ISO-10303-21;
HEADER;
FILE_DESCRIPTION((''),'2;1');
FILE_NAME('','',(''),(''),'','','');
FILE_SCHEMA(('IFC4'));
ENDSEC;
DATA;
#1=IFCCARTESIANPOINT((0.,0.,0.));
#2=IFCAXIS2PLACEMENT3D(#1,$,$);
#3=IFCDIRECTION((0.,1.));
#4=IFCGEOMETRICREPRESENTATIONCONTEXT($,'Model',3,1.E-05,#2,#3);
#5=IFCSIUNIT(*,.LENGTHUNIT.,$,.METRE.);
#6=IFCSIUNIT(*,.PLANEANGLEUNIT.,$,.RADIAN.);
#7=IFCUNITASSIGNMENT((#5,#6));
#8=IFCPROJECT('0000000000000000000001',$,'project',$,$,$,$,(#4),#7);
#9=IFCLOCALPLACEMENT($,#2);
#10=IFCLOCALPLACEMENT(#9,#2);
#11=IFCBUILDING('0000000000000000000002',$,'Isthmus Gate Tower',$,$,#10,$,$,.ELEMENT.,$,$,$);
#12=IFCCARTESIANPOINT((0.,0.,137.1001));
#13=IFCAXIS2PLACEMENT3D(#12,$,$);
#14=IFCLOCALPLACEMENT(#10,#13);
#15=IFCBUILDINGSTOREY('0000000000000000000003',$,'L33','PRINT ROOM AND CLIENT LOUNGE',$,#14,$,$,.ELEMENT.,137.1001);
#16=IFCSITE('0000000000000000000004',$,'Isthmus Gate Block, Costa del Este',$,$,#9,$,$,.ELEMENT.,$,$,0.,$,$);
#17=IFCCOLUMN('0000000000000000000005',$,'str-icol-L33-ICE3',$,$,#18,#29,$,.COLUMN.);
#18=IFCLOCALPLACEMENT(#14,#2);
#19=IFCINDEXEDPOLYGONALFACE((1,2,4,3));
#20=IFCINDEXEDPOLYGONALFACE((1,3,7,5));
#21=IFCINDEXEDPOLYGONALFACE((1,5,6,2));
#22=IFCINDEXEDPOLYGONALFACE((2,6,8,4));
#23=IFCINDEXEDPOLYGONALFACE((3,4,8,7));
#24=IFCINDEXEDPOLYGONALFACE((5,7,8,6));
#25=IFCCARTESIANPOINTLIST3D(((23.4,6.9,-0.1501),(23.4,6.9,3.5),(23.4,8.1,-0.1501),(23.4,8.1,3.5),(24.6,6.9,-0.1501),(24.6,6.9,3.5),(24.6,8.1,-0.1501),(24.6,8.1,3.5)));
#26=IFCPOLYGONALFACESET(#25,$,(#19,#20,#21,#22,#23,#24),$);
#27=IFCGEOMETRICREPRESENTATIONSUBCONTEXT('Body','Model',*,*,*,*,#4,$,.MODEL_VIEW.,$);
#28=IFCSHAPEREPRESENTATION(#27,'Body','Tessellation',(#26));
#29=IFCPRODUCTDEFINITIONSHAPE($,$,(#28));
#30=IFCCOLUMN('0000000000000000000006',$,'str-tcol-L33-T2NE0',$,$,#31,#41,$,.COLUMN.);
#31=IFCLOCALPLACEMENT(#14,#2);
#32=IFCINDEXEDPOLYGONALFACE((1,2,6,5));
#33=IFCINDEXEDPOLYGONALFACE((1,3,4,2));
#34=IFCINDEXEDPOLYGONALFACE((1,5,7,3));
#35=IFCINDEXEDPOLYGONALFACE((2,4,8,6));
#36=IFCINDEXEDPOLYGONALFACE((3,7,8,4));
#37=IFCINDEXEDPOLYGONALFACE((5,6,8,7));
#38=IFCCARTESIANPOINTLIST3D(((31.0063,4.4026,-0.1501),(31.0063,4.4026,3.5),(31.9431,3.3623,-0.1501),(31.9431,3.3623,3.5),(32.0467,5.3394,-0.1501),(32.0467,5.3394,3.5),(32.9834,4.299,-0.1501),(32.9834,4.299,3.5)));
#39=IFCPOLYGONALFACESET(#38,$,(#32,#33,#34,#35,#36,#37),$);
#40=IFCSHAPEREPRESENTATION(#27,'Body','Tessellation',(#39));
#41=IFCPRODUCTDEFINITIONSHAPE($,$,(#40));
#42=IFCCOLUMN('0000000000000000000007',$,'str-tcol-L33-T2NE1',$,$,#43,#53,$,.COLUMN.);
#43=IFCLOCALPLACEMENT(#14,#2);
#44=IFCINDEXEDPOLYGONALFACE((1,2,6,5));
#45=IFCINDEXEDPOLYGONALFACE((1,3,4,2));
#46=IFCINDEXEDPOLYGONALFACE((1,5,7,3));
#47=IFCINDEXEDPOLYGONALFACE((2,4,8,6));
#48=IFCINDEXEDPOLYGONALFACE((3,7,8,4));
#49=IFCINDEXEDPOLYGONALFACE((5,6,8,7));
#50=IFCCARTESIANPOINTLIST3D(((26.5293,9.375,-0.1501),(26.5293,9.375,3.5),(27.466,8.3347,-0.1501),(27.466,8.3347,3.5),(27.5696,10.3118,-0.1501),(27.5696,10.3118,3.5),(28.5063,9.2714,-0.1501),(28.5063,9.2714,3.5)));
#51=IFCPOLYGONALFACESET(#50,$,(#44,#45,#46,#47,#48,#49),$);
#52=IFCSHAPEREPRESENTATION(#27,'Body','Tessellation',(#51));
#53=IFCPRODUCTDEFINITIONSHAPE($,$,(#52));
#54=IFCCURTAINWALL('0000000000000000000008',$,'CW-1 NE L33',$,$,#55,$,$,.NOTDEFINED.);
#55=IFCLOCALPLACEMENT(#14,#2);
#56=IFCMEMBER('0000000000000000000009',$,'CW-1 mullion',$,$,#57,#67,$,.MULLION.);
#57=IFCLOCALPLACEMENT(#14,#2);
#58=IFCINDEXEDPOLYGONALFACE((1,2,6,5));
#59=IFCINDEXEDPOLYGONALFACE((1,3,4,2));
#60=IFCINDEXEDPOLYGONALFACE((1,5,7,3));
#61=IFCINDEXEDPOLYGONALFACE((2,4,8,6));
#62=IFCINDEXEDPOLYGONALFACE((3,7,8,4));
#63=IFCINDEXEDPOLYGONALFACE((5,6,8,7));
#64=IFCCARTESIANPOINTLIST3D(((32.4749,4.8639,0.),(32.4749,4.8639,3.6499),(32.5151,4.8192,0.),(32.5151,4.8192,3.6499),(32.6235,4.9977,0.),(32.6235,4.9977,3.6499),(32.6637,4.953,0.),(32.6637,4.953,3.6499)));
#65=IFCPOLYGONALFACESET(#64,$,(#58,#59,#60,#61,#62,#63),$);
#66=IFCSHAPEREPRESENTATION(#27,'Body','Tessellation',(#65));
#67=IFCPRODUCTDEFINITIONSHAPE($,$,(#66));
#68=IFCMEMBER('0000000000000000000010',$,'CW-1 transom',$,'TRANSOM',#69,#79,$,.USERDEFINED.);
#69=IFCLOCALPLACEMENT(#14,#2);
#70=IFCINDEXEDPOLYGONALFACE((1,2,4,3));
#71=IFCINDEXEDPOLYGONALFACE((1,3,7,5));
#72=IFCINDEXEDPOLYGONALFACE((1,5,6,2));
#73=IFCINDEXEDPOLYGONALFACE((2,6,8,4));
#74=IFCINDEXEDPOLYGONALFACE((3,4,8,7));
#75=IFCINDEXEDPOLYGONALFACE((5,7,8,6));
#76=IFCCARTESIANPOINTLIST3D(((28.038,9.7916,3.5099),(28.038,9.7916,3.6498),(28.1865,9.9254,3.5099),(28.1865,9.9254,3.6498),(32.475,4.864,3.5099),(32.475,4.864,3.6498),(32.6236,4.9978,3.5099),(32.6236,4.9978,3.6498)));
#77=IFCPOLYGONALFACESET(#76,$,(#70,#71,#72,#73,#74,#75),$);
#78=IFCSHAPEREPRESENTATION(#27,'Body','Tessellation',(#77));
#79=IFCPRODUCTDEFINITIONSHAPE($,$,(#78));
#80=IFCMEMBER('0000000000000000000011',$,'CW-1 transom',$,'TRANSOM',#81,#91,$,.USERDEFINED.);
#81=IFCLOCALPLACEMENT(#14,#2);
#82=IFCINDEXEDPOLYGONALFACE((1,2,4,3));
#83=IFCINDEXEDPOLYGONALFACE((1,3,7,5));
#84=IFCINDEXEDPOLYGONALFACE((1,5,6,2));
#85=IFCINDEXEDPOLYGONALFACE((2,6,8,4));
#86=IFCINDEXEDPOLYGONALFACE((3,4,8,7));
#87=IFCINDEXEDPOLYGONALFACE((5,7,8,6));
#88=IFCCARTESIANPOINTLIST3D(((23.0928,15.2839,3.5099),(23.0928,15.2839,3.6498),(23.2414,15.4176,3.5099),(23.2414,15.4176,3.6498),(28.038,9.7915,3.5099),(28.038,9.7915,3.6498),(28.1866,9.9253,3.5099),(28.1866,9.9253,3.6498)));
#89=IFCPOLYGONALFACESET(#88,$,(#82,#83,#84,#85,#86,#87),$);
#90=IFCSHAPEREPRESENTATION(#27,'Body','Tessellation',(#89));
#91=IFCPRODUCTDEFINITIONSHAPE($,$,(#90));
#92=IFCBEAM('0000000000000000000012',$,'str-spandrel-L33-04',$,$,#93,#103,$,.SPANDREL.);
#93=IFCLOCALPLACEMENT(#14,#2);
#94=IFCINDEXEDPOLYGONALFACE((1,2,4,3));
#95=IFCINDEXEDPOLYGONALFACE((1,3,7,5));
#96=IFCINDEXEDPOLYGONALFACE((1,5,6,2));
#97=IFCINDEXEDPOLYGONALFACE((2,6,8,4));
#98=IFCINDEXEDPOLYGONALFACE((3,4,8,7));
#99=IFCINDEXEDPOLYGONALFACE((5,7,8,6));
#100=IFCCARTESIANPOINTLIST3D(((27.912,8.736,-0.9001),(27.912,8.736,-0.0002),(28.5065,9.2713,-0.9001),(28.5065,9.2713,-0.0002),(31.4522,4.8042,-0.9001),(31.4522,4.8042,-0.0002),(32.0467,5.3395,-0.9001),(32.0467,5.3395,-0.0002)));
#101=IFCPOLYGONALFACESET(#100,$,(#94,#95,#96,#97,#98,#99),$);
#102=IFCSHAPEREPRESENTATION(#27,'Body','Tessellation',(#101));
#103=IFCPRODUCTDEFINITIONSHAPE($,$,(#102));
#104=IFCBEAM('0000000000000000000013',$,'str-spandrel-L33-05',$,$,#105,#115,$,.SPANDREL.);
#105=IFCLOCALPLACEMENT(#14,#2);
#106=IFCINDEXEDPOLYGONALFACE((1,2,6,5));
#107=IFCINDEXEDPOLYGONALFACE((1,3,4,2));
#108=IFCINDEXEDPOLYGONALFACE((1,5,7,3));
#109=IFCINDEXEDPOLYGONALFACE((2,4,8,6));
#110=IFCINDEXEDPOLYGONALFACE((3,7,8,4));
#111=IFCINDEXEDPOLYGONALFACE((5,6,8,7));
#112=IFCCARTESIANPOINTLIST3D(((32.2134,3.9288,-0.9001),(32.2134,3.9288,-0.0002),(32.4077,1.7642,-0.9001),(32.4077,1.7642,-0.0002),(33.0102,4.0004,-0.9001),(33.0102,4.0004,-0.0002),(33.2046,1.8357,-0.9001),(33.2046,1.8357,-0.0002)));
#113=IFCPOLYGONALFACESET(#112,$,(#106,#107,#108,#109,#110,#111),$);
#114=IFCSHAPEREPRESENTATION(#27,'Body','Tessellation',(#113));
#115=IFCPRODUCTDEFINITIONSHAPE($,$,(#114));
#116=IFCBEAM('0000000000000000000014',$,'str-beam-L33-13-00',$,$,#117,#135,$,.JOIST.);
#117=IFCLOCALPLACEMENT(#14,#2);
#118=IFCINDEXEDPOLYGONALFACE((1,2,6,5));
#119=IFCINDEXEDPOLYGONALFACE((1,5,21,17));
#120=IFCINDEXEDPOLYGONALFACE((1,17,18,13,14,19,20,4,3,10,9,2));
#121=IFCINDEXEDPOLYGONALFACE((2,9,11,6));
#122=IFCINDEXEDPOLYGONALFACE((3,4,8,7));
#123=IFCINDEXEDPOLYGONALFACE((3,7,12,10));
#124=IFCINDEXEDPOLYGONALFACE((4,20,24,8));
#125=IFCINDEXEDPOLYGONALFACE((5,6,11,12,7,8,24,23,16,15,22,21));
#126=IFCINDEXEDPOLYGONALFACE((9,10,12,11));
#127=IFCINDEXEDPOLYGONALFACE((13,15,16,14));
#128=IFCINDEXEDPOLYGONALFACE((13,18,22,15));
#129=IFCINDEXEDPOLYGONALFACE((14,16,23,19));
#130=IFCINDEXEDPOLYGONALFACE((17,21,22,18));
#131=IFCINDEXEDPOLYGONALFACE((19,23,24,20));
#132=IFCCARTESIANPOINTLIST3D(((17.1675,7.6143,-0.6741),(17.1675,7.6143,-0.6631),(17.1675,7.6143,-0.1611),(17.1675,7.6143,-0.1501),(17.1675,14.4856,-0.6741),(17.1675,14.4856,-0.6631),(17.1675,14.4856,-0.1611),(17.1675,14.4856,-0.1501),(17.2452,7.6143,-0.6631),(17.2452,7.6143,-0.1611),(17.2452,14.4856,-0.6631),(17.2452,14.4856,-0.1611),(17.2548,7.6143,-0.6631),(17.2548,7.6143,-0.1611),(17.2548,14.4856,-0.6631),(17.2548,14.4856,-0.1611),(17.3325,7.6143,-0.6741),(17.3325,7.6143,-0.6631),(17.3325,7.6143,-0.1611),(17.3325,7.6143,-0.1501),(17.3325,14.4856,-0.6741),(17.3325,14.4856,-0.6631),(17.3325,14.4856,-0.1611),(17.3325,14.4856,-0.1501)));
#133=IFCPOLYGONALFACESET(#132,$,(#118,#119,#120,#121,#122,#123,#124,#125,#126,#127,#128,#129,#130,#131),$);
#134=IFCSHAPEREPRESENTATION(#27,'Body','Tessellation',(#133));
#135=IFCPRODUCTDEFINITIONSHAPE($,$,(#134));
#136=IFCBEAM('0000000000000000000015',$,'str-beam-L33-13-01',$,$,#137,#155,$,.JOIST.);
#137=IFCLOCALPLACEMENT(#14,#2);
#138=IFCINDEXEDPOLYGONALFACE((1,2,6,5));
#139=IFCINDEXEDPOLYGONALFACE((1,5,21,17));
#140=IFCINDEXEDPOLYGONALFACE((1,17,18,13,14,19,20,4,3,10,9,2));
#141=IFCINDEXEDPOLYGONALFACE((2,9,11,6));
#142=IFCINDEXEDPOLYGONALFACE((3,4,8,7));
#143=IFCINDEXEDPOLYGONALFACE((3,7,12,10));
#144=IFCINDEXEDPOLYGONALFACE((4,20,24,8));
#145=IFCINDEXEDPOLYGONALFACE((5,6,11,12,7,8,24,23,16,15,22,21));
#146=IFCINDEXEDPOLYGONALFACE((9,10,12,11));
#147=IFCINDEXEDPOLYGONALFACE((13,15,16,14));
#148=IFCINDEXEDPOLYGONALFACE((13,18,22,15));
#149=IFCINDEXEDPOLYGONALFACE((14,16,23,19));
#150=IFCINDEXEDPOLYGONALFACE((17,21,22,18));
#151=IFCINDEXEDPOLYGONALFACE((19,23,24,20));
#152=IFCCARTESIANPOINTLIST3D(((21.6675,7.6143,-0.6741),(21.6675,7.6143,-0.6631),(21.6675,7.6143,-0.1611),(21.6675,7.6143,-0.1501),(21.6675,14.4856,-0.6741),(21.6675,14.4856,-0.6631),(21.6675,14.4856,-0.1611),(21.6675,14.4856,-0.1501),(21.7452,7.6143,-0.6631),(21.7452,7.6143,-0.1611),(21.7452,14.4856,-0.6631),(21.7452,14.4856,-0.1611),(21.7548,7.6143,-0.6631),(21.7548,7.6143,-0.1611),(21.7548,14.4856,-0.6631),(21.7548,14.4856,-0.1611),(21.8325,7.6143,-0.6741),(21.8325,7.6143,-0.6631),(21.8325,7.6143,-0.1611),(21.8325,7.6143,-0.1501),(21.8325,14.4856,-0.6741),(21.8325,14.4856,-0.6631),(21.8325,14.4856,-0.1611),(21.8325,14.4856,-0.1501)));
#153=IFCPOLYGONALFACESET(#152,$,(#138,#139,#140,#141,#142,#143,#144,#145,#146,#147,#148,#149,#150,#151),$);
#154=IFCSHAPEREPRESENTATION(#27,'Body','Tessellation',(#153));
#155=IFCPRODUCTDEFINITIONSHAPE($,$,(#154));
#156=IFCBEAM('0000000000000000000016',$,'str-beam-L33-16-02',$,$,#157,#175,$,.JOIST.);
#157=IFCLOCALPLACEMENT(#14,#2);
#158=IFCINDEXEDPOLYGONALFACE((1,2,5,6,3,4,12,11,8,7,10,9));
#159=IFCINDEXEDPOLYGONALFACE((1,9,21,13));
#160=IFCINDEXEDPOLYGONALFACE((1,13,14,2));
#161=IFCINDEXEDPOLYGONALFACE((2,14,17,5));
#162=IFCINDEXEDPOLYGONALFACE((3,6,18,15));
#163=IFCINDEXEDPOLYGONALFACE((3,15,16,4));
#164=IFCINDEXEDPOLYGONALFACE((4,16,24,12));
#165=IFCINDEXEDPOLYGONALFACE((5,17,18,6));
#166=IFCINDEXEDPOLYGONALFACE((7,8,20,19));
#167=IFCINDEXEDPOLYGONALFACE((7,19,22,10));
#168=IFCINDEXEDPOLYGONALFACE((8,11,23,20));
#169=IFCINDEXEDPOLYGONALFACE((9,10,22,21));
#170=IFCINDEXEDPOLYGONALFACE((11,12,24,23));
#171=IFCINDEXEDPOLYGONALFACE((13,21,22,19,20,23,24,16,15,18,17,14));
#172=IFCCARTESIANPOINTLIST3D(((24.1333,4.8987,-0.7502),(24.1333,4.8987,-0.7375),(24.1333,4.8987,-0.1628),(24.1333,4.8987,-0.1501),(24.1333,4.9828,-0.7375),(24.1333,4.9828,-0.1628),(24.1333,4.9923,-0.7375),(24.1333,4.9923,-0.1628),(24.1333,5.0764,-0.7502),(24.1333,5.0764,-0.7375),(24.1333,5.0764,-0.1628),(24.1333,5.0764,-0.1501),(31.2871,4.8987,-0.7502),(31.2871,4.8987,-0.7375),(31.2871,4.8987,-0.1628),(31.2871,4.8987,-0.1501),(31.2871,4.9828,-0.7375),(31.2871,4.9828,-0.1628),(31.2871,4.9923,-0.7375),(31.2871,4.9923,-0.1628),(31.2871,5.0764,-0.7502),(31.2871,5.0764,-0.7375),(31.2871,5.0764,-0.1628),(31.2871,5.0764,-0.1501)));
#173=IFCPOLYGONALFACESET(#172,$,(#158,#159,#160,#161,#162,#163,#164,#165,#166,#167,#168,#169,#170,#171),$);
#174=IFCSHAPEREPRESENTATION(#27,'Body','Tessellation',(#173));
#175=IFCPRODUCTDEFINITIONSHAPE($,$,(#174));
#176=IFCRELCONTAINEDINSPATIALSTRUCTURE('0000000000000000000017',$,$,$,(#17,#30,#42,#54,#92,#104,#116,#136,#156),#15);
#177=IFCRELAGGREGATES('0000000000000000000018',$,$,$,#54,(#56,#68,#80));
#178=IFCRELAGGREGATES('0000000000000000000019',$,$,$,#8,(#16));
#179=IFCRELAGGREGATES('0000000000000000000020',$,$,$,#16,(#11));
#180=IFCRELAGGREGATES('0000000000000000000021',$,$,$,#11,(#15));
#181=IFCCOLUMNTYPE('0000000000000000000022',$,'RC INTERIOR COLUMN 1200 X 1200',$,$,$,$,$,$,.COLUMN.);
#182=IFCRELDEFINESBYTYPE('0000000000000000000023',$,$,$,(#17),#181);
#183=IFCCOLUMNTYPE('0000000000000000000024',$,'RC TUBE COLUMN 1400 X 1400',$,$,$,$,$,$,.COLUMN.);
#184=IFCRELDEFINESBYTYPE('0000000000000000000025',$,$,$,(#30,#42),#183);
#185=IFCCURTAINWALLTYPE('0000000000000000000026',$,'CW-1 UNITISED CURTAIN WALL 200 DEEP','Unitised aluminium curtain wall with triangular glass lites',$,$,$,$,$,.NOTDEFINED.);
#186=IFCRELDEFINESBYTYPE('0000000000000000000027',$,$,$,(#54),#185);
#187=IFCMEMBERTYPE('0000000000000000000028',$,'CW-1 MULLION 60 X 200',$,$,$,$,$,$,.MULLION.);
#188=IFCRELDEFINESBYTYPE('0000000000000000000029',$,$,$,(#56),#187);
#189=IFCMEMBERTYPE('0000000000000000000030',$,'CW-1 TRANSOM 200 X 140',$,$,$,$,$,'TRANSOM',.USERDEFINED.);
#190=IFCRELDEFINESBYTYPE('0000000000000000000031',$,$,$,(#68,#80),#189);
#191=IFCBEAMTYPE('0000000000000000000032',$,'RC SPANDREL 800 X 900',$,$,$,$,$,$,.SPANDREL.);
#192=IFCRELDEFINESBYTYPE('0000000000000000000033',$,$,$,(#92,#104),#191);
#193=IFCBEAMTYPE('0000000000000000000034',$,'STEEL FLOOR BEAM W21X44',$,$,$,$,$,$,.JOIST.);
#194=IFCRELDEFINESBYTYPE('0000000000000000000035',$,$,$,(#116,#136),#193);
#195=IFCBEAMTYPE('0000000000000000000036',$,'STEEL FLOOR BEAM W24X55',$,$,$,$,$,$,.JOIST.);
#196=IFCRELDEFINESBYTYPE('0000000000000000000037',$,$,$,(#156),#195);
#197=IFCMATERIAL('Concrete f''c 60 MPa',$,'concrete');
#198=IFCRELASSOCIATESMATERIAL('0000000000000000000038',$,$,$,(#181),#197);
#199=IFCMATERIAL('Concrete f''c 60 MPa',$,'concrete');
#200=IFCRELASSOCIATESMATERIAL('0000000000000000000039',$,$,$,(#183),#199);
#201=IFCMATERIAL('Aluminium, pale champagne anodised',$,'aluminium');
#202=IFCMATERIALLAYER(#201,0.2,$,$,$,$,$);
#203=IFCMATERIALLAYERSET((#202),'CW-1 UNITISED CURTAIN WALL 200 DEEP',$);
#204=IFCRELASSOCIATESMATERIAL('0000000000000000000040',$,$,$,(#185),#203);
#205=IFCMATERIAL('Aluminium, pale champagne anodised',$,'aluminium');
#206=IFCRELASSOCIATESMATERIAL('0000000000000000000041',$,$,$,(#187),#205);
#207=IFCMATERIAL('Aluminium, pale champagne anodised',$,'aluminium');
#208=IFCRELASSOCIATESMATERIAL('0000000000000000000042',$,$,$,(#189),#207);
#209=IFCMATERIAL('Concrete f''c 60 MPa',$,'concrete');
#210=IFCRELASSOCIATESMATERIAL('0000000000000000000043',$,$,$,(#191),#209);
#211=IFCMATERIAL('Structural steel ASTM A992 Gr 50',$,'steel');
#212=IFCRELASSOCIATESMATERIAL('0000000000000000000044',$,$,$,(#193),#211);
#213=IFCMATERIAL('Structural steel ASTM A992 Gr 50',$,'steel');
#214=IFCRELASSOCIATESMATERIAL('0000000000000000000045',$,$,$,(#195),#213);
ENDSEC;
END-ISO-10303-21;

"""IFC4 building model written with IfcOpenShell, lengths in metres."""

from ifc_helpers import new_model, si_unit, direction, frame, origin, origin_2d, place, context, subcontext, project, spatial, rectangle, i_section, extrude, material, layer, layer_set, material_profile, profile_set, type_object, element, aggregate, save


model = new_model("IFC4")

# Units and contexts
model_context = context("Model", 3, precision=1e-05, world=origin(), true_north=direction((0.0, 1.0)))
body_context = subcontext(model_context, "Body", "Model", "MODEL_VIEW")
ifc_project = project(units=[si_unit("LENGTHUNIT", "METRE"), si_unit("PLANEANGLEUNIT", "RADIAN")], contexts=[model_context])

# Site, building, storey
site_placement = place(None, origin())
site = spatial("IfcSite", under=ifc_project, at=site_placement, Name="Isthmus Gate Block, Costa del Este", CompositionType="ELEMENT", RefElevation=0.0)
building_placement = place(site_placement, origin())
building = spatial("IfcBuilding", under=site, at=building_placement, Name="Isthmus Gate Tower", CompositionType="ELEMENT")
storey_placement = place(building_placement, frame((0.0, 0.0, 137.1001)))
storey = spatial("IfcBuildingStorey", under=building, at=storey_placement, Name="L33", Description="PRINT ROOM AND CLIENT LOUNGE", CompositionType="ELEMENT", Elevation=137.1001)

# Columns
ifc_material_1 = material(Name="Concrete f'c 60 MPa", Category="concrete")
ifc_material_profile_1 = material_profile(ifc_material_1, rectangle(XDim=1.2, YDim=1.2, at=origin_2d()), Name="RC 1200X1200")
ifc_profile_set_1 = profile_set([ifc_material_profile_1], Name="Concrete f'c 60 MPa")
column_type_1 = type_object("IfcColumnType", Name="RC INTERIOR COLUMN 1200 X 1200", PredefinedType="COLUMN", material=ifc_profile_set_1)
column_placement = place(storey_placement, frame((24.0, 7.5, -0.1501), z_axis=(0.0, 0.0, 1.0), x_axis=(1.0, 0.0, 0.0)))
element("IfcColumn", 1, at=column_placement, inside=storey, type_object=column_type_1, Name="str-icol-L33-ICE3", PredefinedType="COLUMN", context=body_context, shape_type="SweptSolid", body=[
    extrude(rectangle(XDim=1.2, YDim=1.2, at=origin_2d()), origin(), (0.0, 0.0, 1.0), 3.6501),
])
ifc_material_2 = material(Name="Concrete f'c 60 MPa", Category="concrete")
ifc_material_profile_2 = material_profile(ifc_material_2, rectangle(XDim=1.3999, YDim=1.3999, at=origin_2d()), Name="RC 1400X1400")
ifc_profile_set_2 = profile_set([ifc_material_profile_2], Name="Concrete f'c 60 MPa")
column_type_2 = type_object("IfcColumnType", Name="RC TUBE COLUMN 1400 X 1400", PredefinedType="COLUMN", material=ifc_profile_set_2)
for number, where, z_axis, x_axis, name in (
    (2, (31.9949, 4.3508, -0.1501), (0.0, 0.0, 1.0), (-0.669131, 0.743145, 0.0), "str-tcol-L33-T2NE0"),
    (3, (27.5178, 9.3232, -0.1501), (0.0, 0.0, 1.0), (-0.669131, 0.743145, 0.0), "str-tcol-L33-T2NE1"),
):
    element("IfcColumn", number, at=place(storey_placement, frame(where, z_axis=z_axis, x_axis=x_axis)), inside=storey, type_object=column_type_2, Name=name, PredefinedType="COLUMN", context=body_context, shape_type="SweptSolid", body=[
        extrude(rectangle(XDim=1.3999, YDim=1.3999, at=origin_2d()), origin(), (0.0, 0.0, 1.0), 3.6501),
    ])

# Curtain wall, members
ifc_material_3 = material(Name="Aluminium, pale champagne anodised", Category="aluminium")
ifc_layer_1 = layer(ifc_material_3, 0.2)
ifc_layer_set_1 = layer_set([ifc_layer_1], Name="CW-1 UNITISED CURTAIN WALL 200 DEEP")
curtain_wall_type = type_object("IfcCurtainWallType", Name="CW-1 UNITISED CURTAIN WALL 200 DEEP", Description="Unitised aluminium curtain wall with triangular glass lites", PredefinedType="NOTDEFINED", material=ifc_layer_set_1)
curtain_wall_placement = place(storey_placement, origin())
curtain_wall = element("IfcCurtainWall", 4, at=curtain_wall_placement, inside=storey, type_object=curtain_wall_type, Name="CW-1 NE L33", PredefinedType="NOTDEFINED")
ifc_material_4 = material(Name="Aluminium, pale champagne anodised", Category="aluminium")
ifc_material_profile_3 = material_profile(ifc_material_4, rectangle(XDim=0.0601, YDim=0.2, at=origin_2d()), Name="60x200")
ifc_profile_set_3 = profile_set([ifc_material_profile_3], Name="Aluminium, pale champagne anodised")
member_type_1 = type_object("IfcMemberType", Name="CW-1 MULLION 60 X 200", PredefinedType="MULLION", material=ifc_profile_set_3)
member_1_placement = place(storey_placement, frame((32.5693, 4.9084, 0.0), z_axis=(0.0, 0.0, 1.0), x_axis=(-0.669131, 0.743145, 0.0)))
member_1 = element("IfcMember", 5, at=member_1_placement, type_object=member_type_1, Name="CW-1 mullion", PredefinedType="MULLION", context=body_context, shape_type="SweptSolid", body=[
    extrude(rectangle(XDim=0.0601, YDim=0.2, at=origin_2d()), origin(), (0.0, 0.0, 1.0), 3.6499),
])
ifc_material_5 = material(Name="Aluminium, pale champagne anodised", Category="aluminium")
ifc_material_profile_4 = material_profile(ifc_material_5, rectangle(XDim=0.2, YDim=0.1399, at=origin_2d()), Name="200x140")
ifc_profile_set_4 = profile_set([ifc_material_profile_4], Name="Aluminium, pale champagne anodised")
member_type_2 = type_object("IfcMemberType", Name="CW-1 TRANSOM 200 X 140", ElementType="TRANSOM", PredefinedType="USERDEFINED", material=ifc_profile_set_4)
member_2_placement = place(storey_placement, frame((32.5493, 4.9309, 3.5798), z_axis=(-0.669154, 0.743124, 0.0), x_axis=(-0.743124, -0.669154, 0.0)))
member_2 = element("IfcMember", 6, at=member_2_placement, type_object=member_type_2, Name="CW-1 transom", ObjectType="TRANSOM", PredefinedType="USERDEFINED", context=body_context, shape_type="SweptSolid", body=[
    extrude(rectangle(XDim=0.2, YDim=0.1399, at=origin_2d()), origin(), (0.0, 0.0, 1.0), 6.6309),
])
member_3_placement = place(storey_placement, frame((28.1123, 9.8584, 3.5798), z_axis=(-0.669123, 0.743151, 0.0), x_axis=(-0.743151, -0.669123, 0.0)))
member_3 = element("IfcMember", 7, at=member_3_placement, type_object=member_type_2, Name="CW-1 transom", ObjectType="TRANSOM", PredefinedType="USERDEFINED", context=body_context, shape_type="SweptSolid", body=[
    extrude(rectangle(XDim=0.2, YDim=0.1399, at=origin_2d()), origin(), (0.0, 0.0, 1.0), 7.3906),
])

# Beams
ifc_material_6 = material(Name="Concrete f'c 60 MPa", Category="concrete")
ifc_material_profile_5 = material_profile(ifc_material_6, rectangle(XDim=0.8, YDim=0.8999, at=origin_2d()), Name="RC 800X900")
ifc_profile_set_5 = profile_set([ifc_material_profile_5], Name="Concrete f'c 60 MPa")
beam_type_1 = type_object("IfcBeamType", Name="RC SPANDREL 800 X 900", PredefinedType="SPANDREL", material=ifc_profile_set_5)
beam_1_placement = place(storey_placement, frame((28.2092, 9.0037, -0.4502), z_axis=(0.66913, -0.743145, 0.0), x_axis=(0.743145, 0.66913, 0.0)))
element("IfcBeam", 8, at=beam_1_placement, inside=storey, type_object=beam_type_1, Name="str-spandrel-L33-04", PredefinedType="SPANDREL", context=body_context, shape_type="SweptSolid", body=[
    extrude(rectangle(XDim=0.8, YDim=0.8999, at=origin_2d()), origin(), (0.0, 0.0, 1.0), 5.2908),
])
beam_2_placement = place(storey_placement, frame((32.6118, 3.9646, -0.4502), z_axis=(0.089422, -0.995994, 0.0), x_axis=(0.995994, 0.089422, 0.0)))
element("IfcBeam", 9, at=beam_2_placement, inside=storey, type_object=beam_type_1, Name="str-spandrel-L33-05", PredefinedType="SPANDREL", context=body_context, shape_type="SweptSolid", body=[
    extrude(rectangle(XDim=0.8, YDim=0.8999, at=origin_2d()), origin(), (0.0, 0.0, 1.0), 2.1733),
])
ifc_material_7 = material(Name="Structural steel ASTM A992 Gr 50", Category="steel")
ifc_material_profile_6 = material_profile(ifc_material_7, i_section(OverallWidth=0.165, OverallDepth=0.5239, WebThickness=0.0095, FlangeThickness=0.011, at=origin_2d()), Name="W21X44")
ifc_profile_set_6 = profile_set([ifc_material_profile_6], Name="Structural steel ASTM A992 Gr 50")
beam_type_2 = type_object("IfcBeamType", Name="STEEL FLOOR BEAM W21X44", PredefinedType="JOIST", material=ifc_profile_set_6)
for number, where, z_axis, x_axis, name in (
    (10, (17.25, 7.6143, -0.4121), (0.0, 1.0, 0.0), (-1.0, 0.0, 0.0), "str-beam-L33-13-00"),
    (11, (21.75, 7.6143, -0.4121), (0.0, 1.0, 0.0), (-1.0, 0.0, 0.0), "str-beam-L33-13-01"),
):
    element("IfcBeam", number, at=place(storey_placement, frame(where, z_axis=z_axis, x_axis=x_axis)), inside=storey, type_object=beam_type_2, Name=name, PredefinedType="JOIST", context=body_context, shape_type="SweptSolid", body=[
        extrude(i_section(OverallWidth=0.165, OverallDepth=0.5239, WebThickness=0.0095, FlangeThickness=0.011, at=origin_2d()), origin(), (0.0, 0.0, 1.0), 6.8713),
    ])
ifc_material_8 = material(Name="Structural steel ASTM A992 Gr 50", Category="steel")
ifc_material_profile_7 = material_profile(ifc_material_8, i_section(OverallWidth=0.1777, OverallDepth=0.6001, WebThickness=0.0095, FlangeThickness=0.0127, at=origin_2d()), Name="W24X55")
ifc_profile_set_7 = profile_set([ifc_material_profile_7], Name="Structural steel ASTM A992 Gr 50")
beam_type_3 = type_object("IfcBeamType", Name="STEEL FLOOR BEAM W24X55", PredefinedType="JOIST", material=ifc_profile_set_7)
beam_3_placement = place(storey_placement, frame((24.1333, 4.9875, -0.4502), z_axis=(1.0, 0.0, 0.0), x_axis=(0.0, 1.0, 0.0)))
element("IfcBeam", 12, at=beam_3_placement, inside=storey, type_object=beam_type_3, Name="str-beam-L33-16-02", PredefinedType="JOIST", context=body_context, shape_type="SweptSolid", body=[
    extrude(i_section(OverallWidth=0.1777, OverallDepth=0.6001, WebThickness=0.0095, FlangeThickness=0.0127, at=origin_2d()), origin(), (0.0, 0.0, 1.0), 7.1538),
])

aggregate(curtain_wall, [member_1, member_2, member_3])

save(model, "model.ifc")
